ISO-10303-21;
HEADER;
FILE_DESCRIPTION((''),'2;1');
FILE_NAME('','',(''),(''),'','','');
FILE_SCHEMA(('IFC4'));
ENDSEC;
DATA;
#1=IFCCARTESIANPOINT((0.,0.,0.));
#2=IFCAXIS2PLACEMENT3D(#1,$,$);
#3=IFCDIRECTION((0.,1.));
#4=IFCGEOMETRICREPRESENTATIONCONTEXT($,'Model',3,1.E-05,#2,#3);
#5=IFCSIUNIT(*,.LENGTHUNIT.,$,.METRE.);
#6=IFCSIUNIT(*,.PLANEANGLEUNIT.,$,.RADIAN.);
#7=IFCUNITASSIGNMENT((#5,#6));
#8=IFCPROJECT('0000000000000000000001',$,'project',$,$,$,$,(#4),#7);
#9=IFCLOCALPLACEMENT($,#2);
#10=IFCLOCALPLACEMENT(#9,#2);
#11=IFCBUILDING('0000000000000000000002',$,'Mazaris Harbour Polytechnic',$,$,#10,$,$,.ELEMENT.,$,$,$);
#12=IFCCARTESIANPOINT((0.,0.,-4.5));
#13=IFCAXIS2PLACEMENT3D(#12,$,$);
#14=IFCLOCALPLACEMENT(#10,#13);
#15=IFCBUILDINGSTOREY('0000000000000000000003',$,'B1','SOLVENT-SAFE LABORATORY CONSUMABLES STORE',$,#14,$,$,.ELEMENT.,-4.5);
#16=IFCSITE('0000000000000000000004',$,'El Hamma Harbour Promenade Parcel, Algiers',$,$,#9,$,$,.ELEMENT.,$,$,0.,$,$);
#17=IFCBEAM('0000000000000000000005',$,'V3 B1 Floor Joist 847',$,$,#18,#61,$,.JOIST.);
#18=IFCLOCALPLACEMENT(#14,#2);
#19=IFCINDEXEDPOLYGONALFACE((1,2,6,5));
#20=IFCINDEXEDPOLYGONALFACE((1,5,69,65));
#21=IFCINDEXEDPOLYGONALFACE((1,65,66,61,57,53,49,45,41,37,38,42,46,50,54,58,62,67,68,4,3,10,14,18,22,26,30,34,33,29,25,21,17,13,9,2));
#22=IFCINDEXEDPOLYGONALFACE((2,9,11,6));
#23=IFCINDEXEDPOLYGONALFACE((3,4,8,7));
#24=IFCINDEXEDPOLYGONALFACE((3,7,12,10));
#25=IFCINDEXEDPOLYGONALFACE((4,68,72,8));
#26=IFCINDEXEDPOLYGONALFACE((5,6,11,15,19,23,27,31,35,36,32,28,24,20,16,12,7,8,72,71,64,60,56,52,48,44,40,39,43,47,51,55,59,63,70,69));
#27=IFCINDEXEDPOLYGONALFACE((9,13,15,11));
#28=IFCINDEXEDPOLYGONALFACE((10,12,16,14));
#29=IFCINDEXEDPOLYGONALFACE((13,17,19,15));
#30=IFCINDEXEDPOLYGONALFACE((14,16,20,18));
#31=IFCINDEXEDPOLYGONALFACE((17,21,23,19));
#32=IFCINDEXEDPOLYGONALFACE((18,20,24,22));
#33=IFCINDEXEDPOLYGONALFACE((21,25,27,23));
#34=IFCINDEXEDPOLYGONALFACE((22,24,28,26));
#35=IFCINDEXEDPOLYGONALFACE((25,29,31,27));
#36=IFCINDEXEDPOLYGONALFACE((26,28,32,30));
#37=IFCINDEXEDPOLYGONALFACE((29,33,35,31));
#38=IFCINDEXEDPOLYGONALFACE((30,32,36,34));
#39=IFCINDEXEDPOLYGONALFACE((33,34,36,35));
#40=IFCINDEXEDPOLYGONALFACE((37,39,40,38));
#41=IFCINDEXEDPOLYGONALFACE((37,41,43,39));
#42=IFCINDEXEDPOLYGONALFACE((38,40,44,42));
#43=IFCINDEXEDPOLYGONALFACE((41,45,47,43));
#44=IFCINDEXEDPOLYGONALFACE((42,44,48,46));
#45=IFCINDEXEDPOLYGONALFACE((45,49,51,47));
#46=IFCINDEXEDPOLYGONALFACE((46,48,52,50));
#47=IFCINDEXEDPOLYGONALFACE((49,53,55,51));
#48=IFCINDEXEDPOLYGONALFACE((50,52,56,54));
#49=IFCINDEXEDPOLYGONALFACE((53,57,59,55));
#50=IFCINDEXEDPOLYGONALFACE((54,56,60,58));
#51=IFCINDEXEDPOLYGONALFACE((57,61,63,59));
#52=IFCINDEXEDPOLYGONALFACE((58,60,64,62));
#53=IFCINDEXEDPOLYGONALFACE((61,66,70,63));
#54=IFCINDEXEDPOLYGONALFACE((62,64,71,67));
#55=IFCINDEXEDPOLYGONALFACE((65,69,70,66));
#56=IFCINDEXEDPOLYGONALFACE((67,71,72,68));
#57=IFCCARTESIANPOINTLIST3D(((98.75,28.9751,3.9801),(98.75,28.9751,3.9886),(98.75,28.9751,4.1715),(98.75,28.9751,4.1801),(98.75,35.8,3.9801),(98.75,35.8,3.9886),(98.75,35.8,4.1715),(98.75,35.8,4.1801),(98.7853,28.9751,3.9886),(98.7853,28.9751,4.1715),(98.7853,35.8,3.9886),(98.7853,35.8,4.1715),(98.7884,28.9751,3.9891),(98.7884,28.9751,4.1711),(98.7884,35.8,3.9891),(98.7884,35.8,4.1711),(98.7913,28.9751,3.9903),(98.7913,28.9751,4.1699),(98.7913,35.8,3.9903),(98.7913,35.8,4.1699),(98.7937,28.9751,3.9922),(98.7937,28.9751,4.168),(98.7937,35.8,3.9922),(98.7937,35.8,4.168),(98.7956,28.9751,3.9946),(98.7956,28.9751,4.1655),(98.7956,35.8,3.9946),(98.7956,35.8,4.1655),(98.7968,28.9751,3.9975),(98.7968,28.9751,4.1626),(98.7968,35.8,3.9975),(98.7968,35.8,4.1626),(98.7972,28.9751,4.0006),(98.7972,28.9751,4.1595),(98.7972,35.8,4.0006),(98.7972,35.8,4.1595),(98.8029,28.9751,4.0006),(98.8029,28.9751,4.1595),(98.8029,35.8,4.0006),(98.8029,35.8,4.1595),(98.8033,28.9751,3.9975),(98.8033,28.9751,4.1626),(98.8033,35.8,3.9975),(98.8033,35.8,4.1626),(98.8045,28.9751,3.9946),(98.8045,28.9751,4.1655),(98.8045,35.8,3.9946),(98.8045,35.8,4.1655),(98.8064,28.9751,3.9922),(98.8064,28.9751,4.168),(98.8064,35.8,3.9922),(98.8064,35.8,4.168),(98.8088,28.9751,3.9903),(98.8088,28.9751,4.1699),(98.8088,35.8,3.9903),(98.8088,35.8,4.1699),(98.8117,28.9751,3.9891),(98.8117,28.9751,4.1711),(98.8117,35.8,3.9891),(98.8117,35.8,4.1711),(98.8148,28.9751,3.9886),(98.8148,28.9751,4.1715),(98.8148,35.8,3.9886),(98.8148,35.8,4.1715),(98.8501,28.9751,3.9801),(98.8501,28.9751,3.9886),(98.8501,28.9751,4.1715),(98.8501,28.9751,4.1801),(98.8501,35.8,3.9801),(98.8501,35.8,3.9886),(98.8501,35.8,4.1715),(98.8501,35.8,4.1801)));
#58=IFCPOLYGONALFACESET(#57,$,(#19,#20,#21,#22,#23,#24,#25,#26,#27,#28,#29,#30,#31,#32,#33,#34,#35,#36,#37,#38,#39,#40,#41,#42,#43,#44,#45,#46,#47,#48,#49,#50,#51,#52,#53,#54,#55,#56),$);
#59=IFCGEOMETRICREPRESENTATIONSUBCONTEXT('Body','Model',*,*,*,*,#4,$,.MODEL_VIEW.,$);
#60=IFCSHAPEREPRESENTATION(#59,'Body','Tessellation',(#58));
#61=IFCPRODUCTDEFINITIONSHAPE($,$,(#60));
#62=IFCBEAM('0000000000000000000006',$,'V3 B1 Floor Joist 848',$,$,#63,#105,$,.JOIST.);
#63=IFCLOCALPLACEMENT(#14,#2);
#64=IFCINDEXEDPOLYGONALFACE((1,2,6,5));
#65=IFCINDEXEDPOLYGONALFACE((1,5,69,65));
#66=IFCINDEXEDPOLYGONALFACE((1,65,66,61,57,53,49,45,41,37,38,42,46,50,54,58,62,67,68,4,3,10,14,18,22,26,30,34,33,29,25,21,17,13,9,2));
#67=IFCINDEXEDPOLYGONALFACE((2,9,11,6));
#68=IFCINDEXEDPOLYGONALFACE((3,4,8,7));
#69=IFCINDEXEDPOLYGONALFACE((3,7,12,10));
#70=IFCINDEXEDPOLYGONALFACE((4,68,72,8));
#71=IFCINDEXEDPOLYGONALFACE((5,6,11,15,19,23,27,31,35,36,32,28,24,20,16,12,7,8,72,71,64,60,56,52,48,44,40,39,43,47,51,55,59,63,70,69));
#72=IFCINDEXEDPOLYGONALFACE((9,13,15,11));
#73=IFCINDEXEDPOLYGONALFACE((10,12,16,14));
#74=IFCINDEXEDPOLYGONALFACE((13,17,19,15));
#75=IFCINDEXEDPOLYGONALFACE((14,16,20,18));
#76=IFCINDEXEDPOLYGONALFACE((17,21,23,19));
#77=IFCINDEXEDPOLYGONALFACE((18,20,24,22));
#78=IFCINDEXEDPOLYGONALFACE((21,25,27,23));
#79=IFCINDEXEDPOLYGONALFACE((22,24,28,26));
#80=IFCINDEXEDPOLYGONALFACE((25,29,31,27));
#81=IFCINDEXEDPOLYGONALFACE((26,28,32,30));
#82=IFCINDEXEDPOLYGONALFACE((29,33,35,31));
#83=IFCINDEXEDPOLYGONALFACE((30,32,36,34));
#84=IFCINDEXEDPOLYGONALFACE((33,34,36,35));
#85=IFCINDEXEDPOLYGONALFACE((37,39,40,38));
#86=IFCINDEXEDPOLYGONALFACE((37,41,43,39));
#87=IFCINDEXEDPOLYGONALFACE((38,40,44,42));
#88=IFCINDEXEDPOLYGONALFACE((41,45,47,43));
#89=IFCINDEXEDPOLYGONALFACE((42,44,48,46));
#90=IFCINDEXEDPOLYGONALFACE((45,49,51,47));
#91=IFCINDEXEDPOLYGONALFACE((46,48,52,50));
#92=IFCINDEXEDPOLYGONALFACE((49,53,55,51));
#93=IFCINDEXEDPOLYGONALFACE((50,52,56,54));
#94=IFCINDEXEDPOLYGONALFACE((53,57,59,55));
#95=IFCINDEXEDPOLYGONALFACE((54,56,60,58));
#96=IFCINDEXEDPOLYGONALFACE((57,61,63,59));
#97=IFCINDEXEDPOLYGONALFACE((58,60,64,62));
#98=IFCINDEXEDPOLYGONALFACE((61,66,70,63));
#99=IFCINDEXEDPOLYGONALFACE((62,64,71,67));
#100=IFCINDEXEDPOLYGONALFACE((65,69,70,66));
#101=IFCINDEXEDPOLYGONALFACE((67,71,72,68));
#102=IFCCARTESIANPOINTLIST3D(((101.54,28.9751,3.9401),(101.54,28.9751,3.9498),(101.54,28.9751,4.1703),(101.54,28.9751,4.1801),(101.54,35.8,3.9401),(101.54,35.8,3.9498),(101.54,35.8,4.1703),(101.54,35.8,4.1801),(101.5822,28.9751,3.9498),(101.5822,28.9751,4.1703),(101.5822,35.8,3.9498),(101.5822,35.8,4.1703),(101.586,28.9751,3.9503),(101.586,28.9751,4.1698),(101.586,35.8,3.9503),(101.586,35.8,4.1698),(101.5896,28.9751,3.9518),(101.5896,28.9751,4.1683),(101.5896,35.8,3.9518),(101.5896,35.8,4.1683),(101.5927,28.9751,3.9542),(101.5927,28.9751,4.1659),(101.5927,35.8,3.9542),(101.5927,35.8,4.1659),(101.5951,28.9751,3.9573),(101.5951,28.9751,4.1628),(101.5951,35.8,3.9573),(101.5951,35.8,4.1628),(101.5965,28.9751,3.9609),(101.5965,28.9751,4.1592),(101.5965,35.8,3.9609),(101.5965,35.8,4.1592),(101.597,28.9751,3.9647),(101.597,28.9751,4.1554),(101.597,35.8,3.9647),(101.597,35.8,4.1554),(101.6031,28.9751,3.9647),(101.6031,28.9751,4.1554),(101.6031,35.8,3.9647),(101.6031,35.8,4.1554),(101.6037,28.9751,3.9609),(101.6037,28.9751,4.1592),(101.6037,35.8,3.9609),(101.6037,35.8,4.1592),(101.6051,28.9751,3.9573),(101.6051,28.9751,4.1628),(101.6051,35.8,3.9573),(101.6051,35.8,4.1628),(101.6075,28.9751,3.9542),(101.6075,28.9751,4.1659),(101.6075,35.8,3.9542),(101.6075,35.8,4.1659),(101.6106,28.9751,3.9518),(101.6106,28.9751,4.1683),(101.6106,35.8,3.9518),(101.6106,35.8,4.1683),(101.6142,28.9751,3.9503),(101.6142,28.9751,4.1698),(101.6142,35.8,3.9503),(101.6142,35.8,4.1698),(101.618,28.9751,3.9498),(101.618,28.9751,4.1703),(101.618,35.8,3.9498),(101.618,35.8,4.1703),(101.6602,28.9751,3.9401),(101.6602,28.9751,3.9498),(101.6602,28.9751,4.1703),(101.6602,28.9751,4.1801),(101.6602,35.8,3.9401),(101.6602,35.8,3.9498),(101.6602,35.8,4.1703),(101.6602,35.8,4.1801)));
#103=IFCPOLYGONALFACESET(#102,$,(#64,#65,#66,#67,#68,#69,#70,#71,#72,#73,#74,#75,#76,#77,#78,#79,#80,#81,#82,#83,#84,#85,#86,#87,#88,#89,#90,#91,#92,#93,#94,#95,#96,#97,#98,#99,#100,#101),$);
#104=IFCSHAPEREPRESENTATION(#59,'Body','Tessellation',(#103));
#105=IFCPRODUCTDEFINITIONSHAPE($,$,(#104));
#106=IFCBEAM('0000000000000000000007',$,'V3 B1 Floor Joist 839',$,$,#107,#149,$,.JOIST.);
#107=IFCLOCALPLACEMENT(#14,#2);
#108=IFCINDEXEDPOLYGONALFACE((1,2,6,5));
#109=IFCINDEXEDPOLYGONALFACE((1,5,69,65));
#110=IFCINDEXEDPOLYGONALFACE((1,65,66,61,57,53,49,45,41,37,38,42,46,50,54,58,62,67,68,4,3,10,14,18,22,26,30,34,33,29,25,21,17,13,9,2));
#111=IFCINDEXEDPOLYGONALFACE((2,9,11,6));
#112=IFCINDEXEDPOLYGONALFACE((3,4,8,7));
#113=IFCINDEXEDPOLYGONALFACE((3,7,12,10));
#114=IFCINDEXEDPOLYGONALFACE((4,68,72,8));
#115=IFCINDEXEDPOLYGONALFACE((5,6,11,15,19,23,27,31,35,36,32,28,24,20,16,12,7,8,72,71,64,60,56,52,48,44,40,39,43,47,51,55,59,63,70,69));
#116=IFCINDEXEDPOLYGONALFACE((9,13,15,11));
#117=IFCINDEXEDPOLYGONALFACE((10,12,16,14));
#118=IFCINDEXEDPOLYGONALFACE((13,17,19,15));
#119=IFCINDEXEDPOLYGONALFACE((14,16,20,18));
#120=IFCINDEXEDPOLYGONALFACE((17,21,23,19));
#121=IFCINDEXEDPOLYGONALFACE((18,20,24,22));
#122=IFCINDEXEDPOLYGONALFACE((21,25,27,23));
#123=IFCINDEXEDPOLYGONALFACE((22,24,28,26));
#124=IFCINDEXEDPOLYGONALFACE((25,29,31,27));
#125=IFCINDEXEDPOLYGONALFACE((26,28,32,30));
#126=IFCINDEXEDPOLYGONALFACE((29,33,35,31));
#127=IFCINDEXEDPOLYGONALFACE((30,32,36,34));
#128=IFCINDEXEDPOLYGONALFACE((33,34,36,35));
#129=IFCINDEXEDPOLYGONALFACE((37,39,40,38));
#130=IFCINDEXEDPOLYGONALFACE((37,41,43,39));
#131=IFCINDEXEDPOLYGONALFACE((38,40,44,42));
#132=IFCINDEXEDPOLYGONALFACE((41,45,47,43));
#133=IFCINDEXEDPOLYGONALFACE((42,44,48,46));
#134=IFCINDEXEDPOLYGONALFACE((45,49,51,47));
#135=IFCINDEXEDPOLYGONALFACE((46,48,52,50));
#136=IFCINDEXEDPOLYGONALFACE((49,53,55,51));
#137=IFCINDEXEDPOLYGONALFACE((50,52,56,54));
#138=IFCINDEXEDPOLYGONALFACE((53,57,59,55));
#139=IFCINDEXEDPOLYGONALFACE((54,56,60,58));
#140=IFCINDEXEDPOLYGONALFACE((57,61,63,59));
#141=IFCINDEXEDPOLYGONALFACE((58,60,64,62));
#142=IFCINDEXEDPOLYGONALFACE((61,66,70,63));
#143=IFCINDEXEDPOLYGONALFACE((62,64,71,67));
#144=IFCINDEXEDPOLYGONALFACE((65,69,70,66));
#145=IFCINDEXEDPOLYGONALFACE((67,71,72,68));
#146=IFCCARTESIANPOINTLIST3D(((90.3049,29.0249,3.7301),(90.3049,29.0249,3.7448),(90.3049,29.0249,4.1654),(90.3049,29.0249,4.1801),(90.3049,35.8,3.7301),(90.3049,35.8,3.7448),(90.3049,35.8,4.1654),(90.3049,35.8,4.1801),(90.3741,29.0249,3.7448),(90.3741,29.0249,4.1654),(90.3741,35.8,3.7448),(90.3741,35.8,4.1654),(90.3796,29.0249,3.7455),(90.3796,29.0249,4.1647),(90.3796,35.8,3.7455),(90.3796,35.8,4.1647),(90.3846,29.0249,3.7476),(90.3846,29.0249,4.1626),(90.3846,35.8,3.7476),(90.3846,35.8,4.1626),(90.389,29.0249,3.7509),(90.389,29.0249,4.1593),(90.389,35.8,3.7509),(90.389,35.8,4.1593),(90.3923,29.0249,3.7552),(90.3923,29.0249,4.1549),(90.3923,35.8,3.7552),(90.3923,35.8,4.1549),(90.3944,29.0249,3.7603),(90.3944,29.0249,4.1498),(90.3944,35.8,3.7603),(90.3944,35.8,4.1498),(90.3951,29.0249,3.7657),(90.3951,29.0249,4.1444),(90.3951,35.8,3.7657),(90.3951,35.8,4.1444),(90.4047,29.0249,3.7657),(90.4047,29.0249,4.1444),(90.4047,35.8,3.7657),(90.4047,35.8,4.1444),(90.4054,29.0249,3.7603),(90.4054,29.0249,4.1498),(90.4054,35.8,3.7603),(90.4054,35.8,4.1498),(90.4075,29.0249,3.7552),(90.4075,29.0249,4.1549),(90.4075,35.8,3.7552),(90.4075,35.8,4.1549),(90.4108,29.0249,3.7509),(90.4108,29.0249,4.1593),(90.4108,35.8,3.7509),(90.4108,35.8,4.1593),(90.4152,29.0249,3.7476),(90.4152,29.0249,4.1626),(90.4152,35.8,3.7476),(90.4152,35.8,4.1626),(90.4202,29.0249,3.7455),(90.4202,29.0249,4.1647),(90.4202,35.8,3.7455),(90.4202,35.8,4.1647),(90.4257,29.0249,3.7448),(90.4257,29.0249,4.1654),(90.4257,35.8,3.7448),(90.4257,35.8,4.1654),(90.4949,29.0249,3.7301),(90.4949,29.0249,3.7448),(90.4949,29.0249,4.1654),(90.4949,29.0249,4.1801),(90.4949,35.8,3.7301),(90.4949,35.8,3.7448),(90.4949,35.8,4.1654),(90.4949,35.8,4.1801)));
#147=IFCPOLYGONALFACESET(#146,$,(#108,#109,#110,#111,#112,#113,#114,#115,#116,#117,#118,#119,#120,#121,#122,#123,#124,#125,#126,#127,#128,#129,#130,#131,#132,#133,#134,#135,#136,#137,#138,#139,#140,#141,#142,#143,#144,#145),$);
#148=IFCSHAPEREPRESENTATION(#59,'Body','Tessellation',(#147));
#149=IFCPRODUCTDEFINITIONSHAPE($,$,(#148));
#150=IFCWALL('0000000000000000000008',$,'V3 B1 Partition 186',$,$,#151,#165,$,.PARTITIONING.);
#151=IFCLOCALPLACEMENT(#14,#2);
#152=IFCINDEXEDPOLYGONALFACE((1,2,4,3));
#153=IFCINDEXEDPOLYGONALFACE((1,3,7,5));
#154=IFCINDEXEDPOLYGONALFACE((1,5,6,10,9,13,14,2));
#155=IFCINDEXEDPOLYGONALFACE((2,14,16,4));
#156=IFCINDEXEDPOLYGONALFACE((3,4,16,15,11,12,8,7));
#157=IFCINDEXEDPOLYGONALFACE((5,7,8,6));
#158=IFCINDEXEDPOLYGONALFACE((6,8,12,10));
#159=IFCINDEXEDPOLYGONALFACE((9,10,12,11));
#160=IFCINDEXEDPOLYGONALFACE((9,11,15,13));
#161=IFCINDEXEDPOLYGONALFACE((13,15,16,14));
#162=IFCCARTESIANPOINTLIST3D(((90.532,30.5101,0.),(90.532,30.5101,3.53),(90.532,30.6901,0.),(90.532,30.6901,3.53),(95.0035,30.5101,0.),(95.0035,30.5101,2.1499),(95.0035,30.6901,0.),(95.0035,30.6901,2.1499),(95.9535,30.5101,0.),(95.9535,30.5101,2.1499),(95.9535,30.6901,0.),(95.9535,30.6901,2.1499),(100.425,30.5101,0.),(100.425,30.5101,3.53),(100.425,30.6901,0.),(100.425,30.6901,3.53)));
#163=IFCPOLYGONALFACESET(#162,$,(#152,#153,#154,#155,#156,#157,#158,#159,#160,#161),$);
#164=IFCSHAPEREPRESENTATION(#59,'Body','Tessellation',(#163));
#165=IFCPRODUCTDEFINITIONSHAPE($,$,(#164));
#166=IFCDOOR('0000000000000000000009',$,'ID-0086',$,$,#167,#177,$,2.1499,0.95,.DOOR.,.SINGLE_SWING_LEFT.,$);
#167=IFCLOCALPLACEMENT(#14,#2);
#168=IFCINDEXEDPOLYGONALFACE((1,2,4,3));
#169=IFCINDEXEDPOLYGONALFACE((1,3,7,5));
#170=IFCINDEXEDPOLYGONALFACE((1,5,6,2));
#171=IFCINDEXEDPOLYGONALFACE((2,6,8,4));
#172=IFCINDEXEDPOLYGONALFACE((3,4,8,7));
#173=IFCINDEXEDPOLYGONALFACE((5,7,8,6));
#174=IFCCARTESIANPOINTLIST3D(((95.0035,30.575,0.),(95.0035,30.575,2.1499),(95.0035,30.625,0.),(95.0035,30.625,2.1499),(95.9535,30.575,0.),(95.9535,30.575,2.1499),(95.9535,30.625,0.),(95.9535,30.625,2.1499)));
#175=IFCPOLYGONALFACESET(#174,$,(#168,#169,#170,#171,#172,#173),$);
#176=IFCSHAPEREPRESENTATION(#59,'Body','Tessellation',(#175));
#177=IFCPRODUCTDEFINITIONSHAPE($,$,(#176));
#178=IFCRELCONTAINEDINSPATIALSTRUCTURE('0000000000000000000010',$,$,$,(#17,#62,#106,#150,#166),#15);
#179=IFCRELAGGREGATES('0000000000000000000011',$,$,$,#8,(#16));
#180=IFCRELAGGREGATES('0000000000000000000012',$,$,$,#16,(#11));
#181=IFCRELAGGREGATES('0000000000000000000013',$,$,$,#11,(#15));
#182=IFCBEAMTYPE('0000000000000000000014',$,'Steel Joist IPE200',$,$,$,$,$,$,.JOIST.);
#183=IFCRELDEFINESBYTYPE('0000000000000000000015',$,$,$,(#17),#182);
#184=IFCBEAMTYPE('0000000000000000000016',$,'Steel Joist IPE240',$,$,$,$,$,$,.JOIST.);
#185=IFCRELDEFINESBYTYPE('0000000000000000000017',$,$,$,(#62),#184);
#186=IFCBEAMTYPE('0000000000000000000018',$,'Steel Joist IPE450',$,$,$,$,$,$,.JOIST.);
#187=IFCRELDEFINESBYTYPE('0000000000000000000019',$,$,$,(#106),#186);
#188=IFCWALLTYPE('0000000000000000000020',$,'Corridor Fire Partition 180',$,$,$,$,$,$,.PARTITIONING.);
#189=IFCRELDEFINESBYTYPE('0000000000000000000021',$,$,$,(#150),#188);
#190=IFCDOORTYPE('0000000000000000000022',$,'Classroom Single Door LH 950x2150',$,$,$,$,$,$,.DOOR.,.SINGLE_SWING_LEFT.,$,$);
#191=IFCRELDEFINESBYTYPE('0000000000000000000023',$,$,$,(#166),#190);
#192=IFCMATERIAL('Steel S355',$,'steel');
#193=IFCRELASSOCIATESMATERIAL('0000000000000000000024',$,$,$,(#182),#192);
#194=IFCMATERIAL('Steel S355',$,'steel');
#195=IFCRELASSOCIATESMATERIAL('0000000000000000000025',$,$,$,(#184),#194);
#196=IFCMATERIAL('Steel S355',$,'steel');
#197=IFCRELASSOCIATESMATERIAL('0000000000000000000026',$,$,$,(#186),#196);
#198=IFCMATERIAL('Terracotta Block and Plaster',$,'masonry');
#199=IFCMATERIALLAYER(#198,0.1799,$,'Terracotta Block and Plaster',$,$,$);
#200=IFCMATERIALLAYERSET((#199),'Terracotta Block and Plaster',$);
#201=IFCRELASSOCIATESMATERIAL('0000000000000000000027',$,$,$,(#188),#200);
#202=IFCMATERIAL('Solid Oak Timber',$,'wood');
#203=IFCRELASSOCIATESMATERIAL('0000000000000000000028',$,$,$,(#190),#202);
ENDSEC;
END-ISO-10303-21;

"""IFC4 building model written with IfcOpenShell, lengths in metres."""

from ifc_helpers import new_model, si_unit, direction, frame, frame_2d, origin, origin_2d, place, context, subcontext, project, spatial, rectangle, i_section, extrude, material, layer, layer_set, material_profile, profile_set, type_object, element, fill, save


model = new_model("IFC4")

# Units and contexts
model_context = context("Model", 3, precision=1e-05, world=origin(), true_north=direction((0.0, 1.0)))
body_context = subcontext(model_context, "Body", "Model", "MODEL_VIEW")
ifc_project = project(units=[si_unit("LENGTHUNIT", "METRE"), si_unit("PLANEANGLEUNIT", "RADIAN")], contexts=[model_context])

# Site, building, storey
site_placement = place(None, origin())
site = spatial("IfcSite", under=ifc_project, at=site_placement, Name="El Hamma Harbour Promenade Parcel, Algiers", CompositionType="ELEMENT", RefElevation=0.0)
building_placement = place(site_placement, origin())
building = spatial("IfcBuilding", under=site, at=building_placement, Name="Mazaris Harbour Polytechnic", CompositionType="ELEMENT")
storey_placement = place(building_placement, frame((0.0, 0.0, -4.5)))
storey = spatial("IfcBuildingStorey", under=building, at=storey_placement, Name="B1", Description="SOLVENT-SAFE LABORATORY CONSUMABLES STORE", CompositionType="ELEMENT", Elevation=-4.5)

# Beams
ifc_material_1 = material(Name="Steel S355", Category="steel")
ifc_material_profile_1 = material_profile(ifc_material_1, i_section(OverallWidth=0.1001, OverallDepth=0.2, WebThickness=0.0056, FlangeThickness=0.0085, FilletRadius=0.012, at=origin_2d()), Name="IPE 200")
ifc_profile_set_1 = profile_set([ifc_material_profile_1], Name="Steel S355")
beam_type_1 = type_object("IfcBeamType", Name="Steel Joist IPE200", PredefinedType="JOIST", material=ifc_profile_set_1)
beam_1_placement = place(storey_placement, frame((98.8, 28.9751, 4.0801), z_axis=(0.0, 1.0, 0.0), x_axis=(-1.0, 0.0, 0.0)))
element("IfcBeam", 1, at=beam_1_placement, inside=storey, type_object=beam_type_1, Name="V3 B1 Floor Joist 847", PredefinedType="JOIST", context=body_context, shape_type="SweptSolid", body=[
    extrude(i_section(OverallWidth=0.1001, OverallDepth=0.2, WebThickness=0.0056, FlangeThickness=0.0085, FilletRadius=0.012, at=origin_2d()), origin(), (0.0, 0.0, 1.0), 6.825),
])
ifc_material_2 = material(Name="Steel S355", Category="steel")
ifc_material_profile_2 = material_profile(ifc_material_2, i_section(OverallWidth=0.1201, OverallDepth=0.24, WebThickness=0.0061, FlangeThickness=0.0098, FilletRadius=0.0149, at=origin_2d()), Name="IPE 240")
ifc_profile_set_2 = profile_set([ifc_material_profile_2], Name="Steel S355")
beam_type_2 = type_object("IfcBeamType", Name="Steel Joist IPE240", PredefinedType="JOIST", material=ifc_profile_set_2)
beam_2_placement = place(storey_placement, frame((101.6001, 28.9751, 4.0601), z_axis=(0.0, 1.0, 0.0), x_axis=(-1.0, 0.0, 0.0)))
element("IfcBeam", 2, at=beam_2_placement, inside=storey, type_object=beam_type_2, Name="V3 B1 Floor Joist 848", PredefinedType="JOIST", context=body_context, shape_type="SweptSolid", body=[
    extrude(i_section(OverallWidth=0.1201, OverallDepth=0.24, WebThickness=0.0061, FlangeThickness=0.0098, FilletRadius=0.0149, at=origin_2d()), origin(), (0.0, 0.0, 1.0), 6.825),
])
ifc_material_3 = material(Name="Steel S355", Category="steel")
ifc_material_profile_3 = material_profile(ifc_material_3, i_section(OverallWidth=0.1899, OverallDepth=0.45, WebThickness=0.0095, FlangeThickness=0.0146, FilletRadius=0.021, at=origin_2d()), Name="IPE 450")
ifc_profile_set_3 = profile_set([ifc_material_profile_3], Name="Steel S355")
beam_type_3 = type_object("IfcBeamType", Name="Steel Joist IPE450", PredefinedType="JOIST", material=ifc_profile_set_3)
beam_3_placement = place(storey_placement, frame((90.3999, 29.0249, 3.9551), z_axis=(0.0, 1.0, 0.0), x_axis=(-1.0, 0.0, 0.0)))
element("IfcBeam", 3, at=beam_3_placement, inside=storey, type_object=beam_type_3, Name="V3 B1 Floor Joist 839", PredefinedType="JOIST", context=body_context, shape_type="SweptSolid", body=[
    extrude(i_section(OverallWidth=0.1899, OverallDepth=0.45, WebThickness=0.0095, FlangeThickness=0.0146, FilletRadius=0.021, at=origin_2d()), origin(), (0.0, 0.0, 1.0), 6.7751),
])

# Wall, opening, door
ifc_material_4 = material(Name="Terracotta Block and Plaster", Category="masonry")
ifc_layer_1 = layer(ifc_material_4, 0.1799, Name="Terracotta Block and Plaster")
ifc_layer_set_1 = layer_set([ifc_layer_1], Name="Terracotta Block and Plaster")
wall_type_1 = type_object("IfcWallType", Name="Corridor Fire Partition 180", PredefinedType="PARTITIONING", material=ifc_layer_set_1)
wall_1_placement = place(storey_placement, frame((90.532, 30.6001, 0.0), z_axis=(0.0, 0.0, 1.0), x_axis=(1.0, 0.0, 0.0)))
wall_1 = element("IfcWall", 4, at=wall_1_placement, inside=storey, type_object=wall_type_1, Name="V3 B1 Partition 186", PredefinedType="PARTITIONING", context=body_context, shape_type="SweptSolid", body=[
    extrude(rectangle(XDim=9.8931, YDim=0.1799, at=frame_2d((4.9465, 0.0))), origin(), (0.0, 0.0, 1.0), 3.53),
])
opening_1_placement = place(wall_1_placement, frame((4.4714, 0.0, 0.0)))
opening_1 = element("IfcOpeningElement", 5, at=opening_1_placement, cuts=wall_1, PredefinedType="OPENING", context=body_context, shape_type="SweptSolid", body=[
    extrude(rectangle(XDim=0.95, YDim=2.1499, at=frame_2d((0.4751, 1.075))), frame((0.0, 0.0999, 0.0), z_axis=(0.0, -1.0, 0.0), x_axis=(1.0, 0.0, 0.0)), (0.0, 0.0, 1.0), 0.2),
])
ifc_material_5 = material(Name="Solid Oak Timber", Category="wood")
door_type_1 = type_object("IfcDoorType", Name="Classroom Single Door LH 950x2150", OperationType="SINGLE_SWING_LEFT", PredefinedType="DOOR", material=ifc_material_5)
door_1_placement = place(opening_1_placement, origin())
door_1 = element("IfcDoor", 6, at=door_1_placement, inside=storey, type_object=door_type_1, Name="ID-0086", OperationType="SINGLE_SWING_LEFT", OverallHeight=2.1499, OverallWidth=0.95, PredefinedType="DOOR", context=body_context, shape_type="SweptSolid", body=[
    extrude(rectangle(XDim=0.95, YDim=2.1499, at=frame_2d((0.4751, 1.075))), frame((0.0, 0.0249, 0.0), z_axis=(0.0, -1.0, 0.0), x_axis=(1.0, 0.0, 0.0)), (0.0, 0.0, 1.0), 0.05),
])
fill(opening_1, door_1)

save(model, "model.ifc")
